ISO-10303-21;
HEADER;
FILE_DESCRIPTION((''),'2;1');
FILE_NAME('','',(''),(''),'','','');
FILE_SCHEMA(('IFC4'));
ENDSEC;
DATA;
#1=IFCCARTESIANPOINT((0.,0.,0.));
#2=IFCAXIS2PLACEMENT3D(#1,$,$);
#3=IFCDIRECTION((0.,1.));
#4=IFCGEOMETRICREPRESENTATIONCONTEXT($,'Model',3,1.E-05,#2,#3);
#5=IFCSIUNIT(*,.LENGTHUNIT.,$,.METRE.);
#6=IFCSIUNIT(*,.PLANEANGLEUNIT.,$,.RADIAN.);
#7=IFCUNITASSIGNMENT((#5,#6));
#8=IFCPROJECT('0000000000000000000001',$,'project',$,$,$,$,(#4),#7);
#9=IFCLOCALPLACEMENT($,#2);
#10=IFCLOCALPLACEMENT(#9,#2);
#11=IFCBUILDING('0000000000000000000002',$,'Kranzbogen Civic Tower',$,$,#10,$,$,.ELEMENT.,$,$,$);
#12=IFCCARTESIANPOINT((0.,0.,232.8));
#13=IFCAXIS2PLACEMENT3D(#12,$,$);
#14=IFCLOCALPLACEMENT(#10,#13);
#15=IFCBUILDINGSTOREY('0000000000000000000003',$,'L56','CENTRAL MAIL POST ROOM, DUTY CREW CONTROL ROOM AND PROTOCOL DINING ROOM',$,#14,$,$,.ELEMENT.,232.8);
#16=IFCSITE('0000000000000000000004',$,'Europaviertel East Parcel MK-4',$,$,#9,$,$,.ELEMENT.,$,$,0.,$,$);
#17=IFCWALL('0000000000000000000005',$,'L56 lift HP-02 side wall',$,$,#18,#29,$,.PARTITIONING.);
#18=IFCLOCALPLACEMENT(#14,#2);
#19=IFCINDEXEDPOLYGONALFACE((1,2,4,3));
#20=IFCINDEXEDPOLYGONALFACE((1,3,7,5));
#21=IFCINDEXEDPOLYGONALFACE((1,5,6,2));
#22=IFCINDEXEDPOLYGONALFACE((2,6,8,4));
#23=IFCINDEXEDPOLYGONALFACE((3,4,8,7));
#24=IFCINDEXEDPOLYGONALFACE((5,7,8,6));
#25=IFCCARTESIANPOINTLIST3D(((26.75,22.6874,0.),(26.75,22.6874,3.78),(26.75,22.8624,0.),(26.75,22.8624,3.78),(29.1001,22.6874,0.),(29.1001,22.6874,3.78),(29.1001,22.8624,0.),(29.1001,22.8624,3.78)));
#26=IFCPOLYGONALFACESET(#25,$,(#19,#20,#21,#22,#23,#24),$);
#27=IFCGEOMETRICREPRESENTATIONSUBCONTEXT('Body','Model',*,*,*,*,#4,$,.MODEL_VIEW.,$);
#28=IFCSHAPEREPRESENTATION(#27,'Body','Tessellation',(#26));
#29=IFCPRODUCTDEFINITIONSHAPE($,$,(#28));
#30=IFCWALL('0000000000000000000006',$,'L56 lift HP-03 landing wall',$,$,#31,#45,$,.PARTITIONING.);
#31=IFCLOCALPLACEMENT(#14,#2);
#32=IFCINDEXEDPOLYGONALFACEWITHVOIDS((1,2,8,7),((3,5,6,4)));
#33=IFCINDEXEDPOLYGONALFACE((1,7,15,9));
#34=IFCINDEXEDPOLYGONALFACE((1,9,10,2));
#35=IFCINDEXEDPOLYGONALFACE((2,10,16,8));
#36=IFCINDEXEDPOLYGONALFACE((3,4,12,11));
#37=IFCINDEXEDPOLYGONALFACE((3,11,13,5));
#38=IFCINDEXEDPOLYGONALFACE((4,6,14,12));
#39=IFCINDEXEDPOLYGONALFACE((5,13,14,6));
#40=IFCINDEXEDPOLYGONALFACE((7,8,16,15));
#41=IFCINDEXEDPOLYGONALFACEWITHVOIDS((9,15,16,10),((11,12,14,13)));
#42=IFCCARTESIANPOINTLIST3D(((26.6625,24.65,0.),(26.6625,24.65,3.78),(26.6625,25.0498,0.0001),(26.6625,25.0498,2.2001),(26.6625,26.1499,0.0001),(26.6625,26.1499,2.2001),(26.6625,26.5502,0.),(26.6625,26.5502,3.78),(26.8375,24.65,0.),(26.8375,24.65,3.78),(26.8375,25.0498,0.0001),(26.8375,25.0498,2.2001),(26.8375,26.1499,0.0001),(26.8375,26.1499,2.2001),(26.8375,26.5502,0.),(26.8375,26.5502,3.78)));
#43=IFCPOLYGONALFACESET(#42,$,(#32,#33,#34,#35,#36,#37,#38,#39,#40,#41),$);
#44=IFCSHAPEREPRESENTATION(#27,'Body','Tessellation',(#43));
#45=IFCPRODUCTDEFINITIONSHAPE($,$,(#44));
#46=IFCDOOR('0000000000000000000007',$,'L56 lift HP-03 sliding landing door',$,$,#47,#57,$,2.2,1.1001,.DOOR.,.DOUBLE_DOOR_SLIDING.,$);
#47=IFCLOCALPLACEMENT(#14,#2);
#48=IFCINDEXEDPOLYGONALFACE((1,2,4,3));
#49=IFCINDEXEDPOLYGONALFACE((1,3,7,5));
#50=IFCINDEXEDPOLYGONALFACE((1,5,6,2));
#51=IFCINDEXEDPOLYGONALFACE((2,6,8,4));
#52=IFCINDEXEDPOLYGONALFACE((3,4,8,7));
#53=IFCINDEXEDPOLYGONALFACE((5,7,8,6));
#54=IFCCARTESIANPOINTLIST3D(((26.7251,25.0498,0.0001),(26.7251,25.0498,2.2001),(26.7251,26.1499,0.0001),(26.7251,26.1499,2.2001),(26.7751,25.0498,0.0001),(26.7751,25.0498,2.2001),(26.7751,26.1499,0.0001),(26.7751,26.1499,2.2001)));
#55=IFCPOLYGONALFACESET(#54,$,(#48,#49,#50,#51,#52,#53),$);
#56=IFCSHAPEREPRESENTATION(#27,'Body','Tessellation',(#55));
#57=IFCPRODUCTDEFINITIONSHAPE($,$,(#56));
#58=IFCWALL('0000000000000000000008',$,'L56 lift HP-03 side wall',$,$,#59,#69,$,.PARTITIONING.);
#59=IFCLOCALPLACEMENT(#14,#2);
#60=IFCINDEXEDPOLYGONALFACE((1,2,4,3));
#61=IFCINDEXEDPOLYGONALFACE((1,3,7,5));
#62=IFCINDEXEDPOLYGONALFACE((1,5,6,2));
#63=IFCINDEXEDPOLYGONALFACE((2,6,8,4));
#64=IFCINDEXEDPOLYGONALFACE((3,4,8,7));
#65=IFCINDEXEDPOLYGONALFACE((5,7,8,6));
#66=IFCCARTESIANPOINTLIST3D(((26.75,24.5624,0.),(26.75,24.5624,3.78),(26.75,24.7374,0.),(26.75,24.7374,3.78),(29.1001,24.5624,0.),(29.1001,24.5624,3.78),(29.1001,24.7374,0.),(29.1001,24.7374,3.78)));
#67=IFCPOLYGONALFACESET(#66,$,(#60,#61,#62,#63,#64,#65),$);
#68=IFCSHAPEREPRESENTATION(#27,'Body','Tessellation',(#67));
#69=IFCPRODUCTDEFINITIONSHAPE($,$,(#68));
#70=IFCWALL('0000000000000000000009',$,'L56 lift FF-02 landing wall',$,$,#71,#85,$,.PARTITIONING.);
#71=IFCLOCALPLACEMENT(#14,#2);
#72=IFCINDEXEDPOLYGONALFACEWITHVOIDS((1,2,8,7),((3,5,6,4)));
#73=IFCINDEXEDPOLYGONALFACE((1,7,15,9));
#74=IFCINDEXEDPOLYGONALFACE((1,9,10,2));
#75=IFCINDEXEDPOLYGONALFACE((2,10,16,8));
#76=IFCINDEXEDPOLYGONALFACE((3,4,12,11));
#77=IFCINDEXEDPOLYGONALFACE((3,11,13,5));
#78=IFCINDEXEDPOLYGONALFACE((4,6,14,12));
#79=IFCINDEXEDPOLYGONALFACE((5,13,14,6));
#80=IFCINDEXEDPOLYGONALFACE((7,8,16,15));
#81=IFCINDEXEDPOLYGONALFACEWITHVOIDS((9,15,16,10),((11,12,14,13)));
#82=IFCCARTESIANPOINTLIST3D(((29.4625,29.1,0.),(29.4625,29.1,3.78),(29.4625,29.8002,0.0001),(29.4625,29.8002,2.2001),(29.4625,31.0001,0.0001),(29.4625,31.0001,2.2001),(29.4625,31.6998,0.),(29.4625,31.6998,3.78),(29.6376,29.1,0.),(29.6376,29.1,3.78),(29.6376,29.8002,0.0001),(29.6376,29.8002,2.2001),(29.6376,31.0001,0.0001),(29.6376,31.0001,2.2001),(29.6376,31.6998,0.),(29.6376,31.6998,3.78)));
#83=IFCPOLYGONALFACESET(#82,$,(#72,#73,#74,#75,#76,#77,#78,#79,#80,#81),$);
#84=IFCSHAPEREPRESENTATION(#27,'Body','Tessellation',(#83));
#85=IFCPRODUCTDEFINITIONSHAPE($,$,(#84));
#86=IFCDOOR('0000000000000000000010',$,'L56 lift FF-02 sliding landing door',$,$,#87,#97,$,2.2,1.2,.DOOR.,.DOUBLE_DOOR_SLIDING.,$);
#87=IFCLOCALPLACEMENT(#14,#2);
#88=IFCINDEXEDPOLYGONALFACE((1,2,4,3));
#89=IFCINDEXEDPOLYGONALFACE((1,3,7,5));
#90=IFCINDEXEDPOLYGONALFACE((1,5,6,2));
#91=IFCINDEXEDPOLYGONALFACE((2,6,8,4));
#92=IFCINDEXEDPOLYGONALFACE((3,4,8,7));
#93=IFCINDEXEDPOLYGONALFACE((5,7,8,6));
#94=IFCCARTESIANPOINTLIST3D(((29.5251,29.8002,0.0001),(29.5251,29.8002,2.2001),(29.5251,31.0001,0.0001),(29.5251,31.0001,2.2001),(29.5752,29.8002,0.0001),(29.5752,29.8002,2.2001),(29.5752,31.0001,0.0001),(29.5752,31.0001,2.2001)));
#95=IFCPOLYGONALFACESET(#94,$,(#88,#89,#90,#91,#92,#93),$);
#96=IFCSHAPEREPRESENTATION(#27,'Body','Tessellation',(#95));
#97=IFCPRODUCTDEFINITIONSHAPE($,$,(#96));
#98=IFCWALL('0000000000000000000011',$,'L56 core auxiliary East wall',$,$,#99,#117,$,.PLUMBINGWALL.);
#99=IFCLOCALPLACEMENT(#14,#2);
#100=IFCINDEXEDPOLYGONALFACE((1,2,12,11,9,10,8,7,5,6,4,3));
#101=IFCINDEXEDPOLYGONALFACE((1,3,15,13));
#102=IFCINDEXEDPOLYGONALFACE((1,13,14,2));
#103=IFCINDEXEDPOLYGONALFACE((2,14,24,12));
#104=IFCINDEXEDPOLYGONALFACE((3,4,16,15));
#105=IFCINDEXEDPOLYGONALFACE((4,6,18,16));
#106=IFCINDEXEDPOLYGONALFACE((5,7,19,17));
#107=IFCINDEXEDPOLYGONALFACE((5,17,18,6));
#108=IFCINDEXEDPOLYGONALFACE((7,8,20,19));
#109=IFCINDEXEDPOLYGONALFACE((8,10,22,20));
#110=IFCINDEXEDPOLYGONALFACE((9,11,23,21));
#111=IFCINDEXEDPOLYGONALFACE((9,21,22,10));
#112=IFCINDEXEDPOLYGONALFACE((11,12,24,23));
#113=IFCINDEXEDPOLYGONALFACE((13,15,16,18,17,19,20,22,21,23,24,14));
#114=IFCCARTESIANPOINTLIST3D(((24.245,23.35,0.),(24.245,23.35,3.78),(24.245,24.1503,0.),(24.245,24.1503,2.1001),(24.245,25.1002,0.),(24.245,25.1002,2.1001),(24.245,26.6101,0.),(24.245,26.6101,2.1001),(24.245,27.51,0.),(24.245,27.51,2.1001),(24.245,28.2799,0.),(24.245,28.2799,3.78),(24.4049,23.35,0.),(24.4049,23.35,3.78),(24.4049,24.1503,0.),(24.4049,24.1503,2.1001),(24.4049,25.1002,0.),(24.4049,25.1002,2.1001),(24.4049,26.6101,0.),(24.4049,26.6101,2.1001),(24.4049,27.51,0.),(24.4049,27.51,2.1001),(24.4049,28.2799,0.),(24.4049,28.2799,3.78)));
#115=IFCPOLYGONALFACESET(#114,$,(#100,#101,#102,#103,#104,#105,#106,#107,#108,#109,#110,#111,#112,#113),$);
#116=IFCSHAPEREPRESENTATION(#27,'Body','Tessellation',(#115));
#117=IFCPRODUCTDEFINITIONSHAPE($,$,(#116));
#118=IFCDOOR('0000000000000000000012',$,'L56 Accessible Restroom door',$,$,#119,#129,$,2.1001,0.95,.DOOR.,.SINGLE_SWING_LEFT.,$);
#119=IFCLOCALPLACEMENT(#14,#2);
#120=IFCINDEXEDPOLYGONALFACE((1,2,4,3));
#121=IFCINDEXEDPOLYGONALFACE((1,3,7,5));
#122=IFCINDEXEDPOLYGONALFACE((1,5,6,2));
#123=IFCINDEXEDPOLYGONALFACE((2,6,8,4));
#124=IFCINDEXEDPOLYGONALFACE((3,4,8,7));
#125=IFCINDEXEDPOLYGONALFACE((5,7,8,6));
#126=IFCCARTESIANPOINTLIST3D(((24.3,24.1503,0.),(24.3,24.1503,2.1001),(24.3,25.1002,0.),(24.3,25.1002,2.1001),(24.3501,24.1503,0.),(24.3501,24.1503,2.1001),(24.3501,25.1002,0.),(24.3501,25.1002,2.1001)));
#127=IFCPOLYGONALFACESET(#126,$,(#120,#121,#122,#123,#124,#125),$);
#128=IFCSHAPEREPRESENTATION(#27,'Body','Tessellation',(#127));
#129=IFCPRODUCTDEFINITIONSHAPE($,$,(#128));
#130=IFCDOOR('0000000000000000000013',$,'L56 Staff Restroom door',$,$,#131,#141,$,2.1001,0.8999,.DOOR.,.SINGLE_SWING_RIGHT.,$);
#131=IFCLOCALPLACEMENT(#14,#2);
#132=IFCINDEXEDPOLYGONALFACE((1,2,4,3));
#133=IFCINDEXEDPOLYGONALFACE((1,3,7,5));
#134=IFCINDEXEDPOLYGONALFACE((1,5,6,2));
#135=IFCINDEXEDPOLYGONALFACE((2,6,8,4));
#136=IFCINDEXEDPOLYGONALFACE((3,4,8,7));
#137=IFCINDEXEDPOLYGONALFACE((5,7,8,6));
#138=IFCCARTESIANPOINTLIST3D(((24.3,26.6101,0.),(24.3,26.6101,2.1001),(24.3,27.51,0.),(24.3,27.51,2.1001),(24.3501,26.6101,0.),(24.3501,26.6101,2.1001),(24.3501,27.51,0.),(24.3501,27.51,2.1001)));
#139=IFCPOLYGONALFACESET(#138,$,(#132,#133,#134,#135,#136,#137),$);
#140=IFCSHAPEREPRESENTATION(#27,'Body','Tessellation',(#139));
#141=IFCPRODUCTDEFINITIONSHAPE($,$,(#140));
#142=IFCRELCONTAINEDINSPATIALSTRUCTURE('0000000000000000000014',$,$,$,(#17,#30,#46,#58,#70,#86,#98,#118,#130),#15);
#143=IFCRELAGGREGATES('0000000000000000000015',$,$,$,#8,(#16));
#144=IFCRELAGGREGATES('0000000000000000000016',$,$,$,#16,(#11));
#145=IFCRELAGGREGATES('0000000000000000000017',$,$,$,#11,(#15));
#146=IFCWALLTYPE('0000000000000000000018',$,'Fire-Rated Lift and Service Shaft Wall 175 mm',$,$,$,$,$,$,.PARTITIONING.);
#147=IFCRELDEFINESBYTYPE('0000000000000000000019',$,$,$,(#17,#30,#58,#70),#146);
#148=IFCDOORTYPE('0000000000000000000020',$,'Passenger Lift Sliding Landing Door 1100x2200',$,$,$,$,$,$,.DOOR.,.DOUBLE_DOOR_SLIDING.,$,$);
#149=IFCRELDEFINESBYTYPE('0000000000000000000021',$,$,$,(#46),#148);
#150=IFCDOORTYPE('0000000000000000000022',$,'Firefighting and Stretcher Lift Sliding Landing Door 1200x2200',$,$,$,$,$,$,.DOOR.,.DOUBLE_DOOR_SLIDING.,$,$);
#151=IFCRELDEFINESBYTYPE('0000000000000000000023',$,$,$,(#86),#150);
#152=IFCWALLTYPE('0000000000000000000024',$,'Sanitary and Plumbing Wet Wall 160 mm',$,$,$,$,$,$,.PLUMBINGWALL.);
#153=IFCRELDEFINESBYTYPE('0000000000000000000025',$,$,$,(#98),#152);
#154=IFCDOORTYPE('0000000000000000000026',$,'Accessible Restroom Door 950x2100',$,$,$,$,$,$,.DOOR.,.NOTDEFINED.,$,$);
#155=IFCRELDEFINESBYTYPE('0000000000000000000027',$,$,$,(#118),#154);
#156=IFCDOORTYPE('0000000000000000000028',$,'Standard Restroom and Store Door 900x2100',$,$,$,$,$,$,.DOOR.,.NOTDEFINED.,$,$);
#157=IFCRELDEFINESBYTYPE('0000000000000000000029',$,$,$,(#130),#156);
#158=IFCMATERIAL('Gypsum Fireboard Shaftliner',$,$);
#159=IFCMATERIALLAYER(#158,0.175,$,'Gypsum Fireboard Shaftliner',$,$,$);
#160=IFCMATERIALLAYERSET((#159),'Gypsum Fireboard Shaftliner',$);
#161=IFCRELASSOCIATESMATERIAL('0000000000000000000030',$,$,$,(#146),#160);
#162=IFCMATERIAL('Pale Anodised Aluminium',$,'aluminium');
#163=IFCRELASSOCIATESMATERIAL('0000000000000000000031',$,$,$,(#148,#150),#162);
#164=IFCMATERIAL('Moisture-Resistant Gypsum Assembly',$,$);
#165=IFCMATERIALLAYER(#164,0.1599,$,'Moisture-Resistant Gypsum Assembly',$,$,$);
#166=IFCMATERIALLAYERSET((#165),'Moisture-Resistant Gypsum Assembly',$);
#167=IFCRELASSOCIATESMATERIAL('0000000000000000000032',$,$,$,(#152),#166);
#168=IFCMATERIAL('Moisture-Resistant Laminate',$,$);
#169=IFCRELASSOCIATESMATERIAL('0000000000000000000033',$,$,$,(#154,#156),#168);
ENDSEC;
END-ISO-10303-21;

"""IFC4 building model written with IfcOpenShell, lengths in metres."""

from ifc_helpers import new_model, si_unit, direction, frame, frame_2d, origin, place, context, subcontext, project, spatial, rectangle, extrude, material, layer, layer_set, type_object, element, fill, save


model = new_model("IFC4")

# Units and contexts
model_context = context("Model", 3, precision=1e-05, world=origin(), true_north=direction((0.0, 1.0)))
body_context = subcontext(model_context, "Body", "Model", "MODEL_VIEW")
ifc_project = project(units=[si_unit("LENGTHUNIT", "METRE"), si_unit("PLANEANGLEUNIT", "RADIAN")], contexts=[model_context])

# Site, building, storey
site_placement = place(None, origin())
site = spatial("IfcSite", under=ifc_project, at=site_placement, Name="Europaviertel East Parcel MK-4", CompositionType="ELEMENT", RefElevation=0.0)
building_placement = place(site_placement, origin())
building = spatial("IfcBuilding", under=site, at=building_placement, Name="Kranzbogen Civic Tower", CompositionType="ELEMENT")
storey_placement = place(building_placement, frame((0.0, 0.0, 232.8)))
storey = spatial("IfcBuildingStorey", under=building, at=storey_placement, Name="L56", Description="CENTRAL MAIL POST ROOM, DUTY CREW CONTROL ROOM AND PROTOCOL DINING ROOM", CompositionType="ELEMENT", Elevation=232.8)

# Shared definitions
ifc_material_1 = material(Name="Gypsum Fireboard Shaftliner")
ifc_layer_1 = layer(ifc_material_1, 0.175, Name="Gypsum Fireboard Shaftliner")
ifc_layer_set_1 = layer_set([ifc_layer_1], Name="Gypsum Fireboard Shaftliner")
wall_type_1 = type_object("IfcWallType", Name="Fire-Rated Lift and Service Shaft Wall 175 mm", PredefinedType="PARTITIONING", material=ifc_layer_set_1)
ifc_material_2 = material(Name="Pale Anodised Aluminium", Category="aluminium")
door_type_1 = type_object("IfcDoorType", Name="Passenger Lift Sliding Landing Door 1100x2200", OperationType="DOUBLE_DOOR_SLIDING", PredefinedType="DOOR", material=ifc_material_2)

# Wall
wall_1_placement = place(storey_placement, frame((26.75, 22.7749, 0.0), z_axis=(0.0, 0.0, 1.0), x_axis=(1.0, 0.0, 0.0)))
element("IfcWall", 1, at=wall_1_placement, inside=storey, type_object=wall_type_1, Name="L56 lift HP-02 side wall", PredefinedType="PARTITIONING", context=body_context, shape_type="SweptSolid", body=[
    extrude(rectangle(XDim=2.3501, YDim=0.175, at=frame_2d((1.175, 0.0))), origin(), (0.0, 0.0, 1.0), 3.78),
])

# Wall, opening, door
wall_2_placement = place(storey_placement, frame((26.75, 24.6499, 0.0), z_axis=(0.0, 0.0, 1.0), x_axis=(0.0, 1.0, 0.0)))
wall_2 = element("IfcWall", 2, at=wall_2_placement, inside=storey, type_object=wall_type_1, Name="L56 lift HP-03 landing wall", PredefinedType="PARTITIONING", context=body_context, shape_type="SweptSolid", body=[
    extrude(rectangle(XDim=1.9001, YDim=0.175, at=frame_2d((0.9502, 0.0))), origin(), (0.0, 0.0, 1.0), 3.78),
])
opening_1_placement = place(wall_2_placement, frame((0.3999, 0.0, 0.0)))
opening_1 = element("IfcOpeningElement", 3, at=opening_1_placement, cuts=wall_2, PredefinedType="OPENING", context=body_context, shape_type="SweptSolid", body=[
    extrude(rectangle(XDim=1.1001, YDim=2.2, at=frame_2d((0.55, 1.1001))), frame((0.0, 0.0977, 0.0), z_axis=(0.0, -1.0, 0.0), x_axis=(1.0, 0.0, 0.0)), (0.0, 0.0, 1.0), 0.1951),
])
door_1_placement = place(opening_1_placement, origin())
door_1 = element("IfcDoor", 4, at=door_1_placement, inside=storey, type_object=door_type_1, Name="L56 lift HP-03 sliding landing door", OperationType="DOUBLE_DOOR_SLIDING", OverallHeight=2.2, OverallWidth=1.1001, PredefinedType="DOOR", context=body_context, shape_type="SweptSolid", body=[
    extrude(rectangle(XDim=1.1001, YDim=2.2, at=frame_2d((0.55, 1.1001))), frame((0.0, 0.0249, 0.0), z_axis=(0.0, -1.0, 0.0), x_axis=(1.0, 0.0, 0.0)), (0.0, 0.0, 1.0), 0.05),
])
fill(opening_1, door_1)

# Wall
wall_3_placement = place(storey_placement, frame((26.75, 24.6499, 0.0), z_axis=(0.0, 0.0, 1.0), x_axis=(1.0, 0.0, 0.0)))
element("IfcWall", 5, at=wall_3_placement, inside=storey, type_object=wall_type_1, Name="L56 lift HP-03 side wall", PredefinedType="PARTITIONING", context=body_context, shape_type="SweptSolid", body=[
    extrude(rectangle(XDim=2.3501, YDim=0.175, at=frame_2d((1.175, 0.0))), origin(), (0.0, 0.0, 1.0), 3.78),
])

# Wall, opening, door
wall_4_placement = place(storey_placement, frame((29.55, 29.1001, 0.0), z_axis=(0.0, 0.0, 1.0), x_axis=(0.0, 1.0, 0.0)))
wall_4 = element("IfcWall", 6, at=wall_4_placement, inside=storey, type_object=wall_type_1, Name="L56 lift FF-02 landing wall", PredefinedType="PARTITIONING", context=body_context, shape_type="SweptSolid", body=[
    extrude(rectangle(XDim=2.5999, YDim=0.175, at=frame_2d((1.2998, 0.0))), origin(), (0.0, 0.0, 1.0), 3.78),
])
opening_2_placement = place(wall_4_placement, frame((0.7, 0.0, 0.0)))
opening_2 = element("IfcOpeningElement", 7, at=opening_2_placement, cuts=wall_4, PredefinedType="OPENING", context=body_context, shape_type="SweptSolid", body=[
    extrude(rectangle(XDim=1.2, YDim=2.2, at=frame_2d((0.6001, 1.1001))), frame((0.0, 0.0977, 0.0), z_axis=(0.0, -1.0, 0.0), x_axis=(1.0, 0.0, 0.0)), (0.0, 0.0, 1.0), 0.1951),
])
door_type_2 = type_object("IfcDoorType", Name="Firefighting and Stretcher Lift Sliding Landing Door 1200x2200", OperationType="DOUBLE_DOOR_SLIDING", PredefinedType="DOOR", material=ifc_material_2)
door_2_placement = place(opening_2_placement, origin())
door_2 = element("IfcDoor", 8, at=door_2_placement, inside=storey, type_object=door_type_2, Name="L56 lift FF-02 sliding landing door", OperationType="DOUBLE_DOOR_SLIDING", OverallHeight=2.2, OverallWidth=1.2, PredefinedType="DOOR", context=body_context, shape_type="SweptSolid", body=[
    extrude(rectangle(XDim=1.2, YDim=2.2, at=frame_2d((0.6001, 1.1001))), frame((0.0, 0.0249, 0.0), z_axis=(0.0, -1.0, 0.0), x_axis=(1.0, 0.0, 0.0)), (0.0, 0.0, 1.0), 0.05),
])
fill(opening_2, door_2)

# Wall, openings, doors
ifc_material_3 = material(Name="Moisture-Resistant Gypsum Assembly")
ifc_layer_2 = layer(ifc_material_3, 0.1599, Name="Moisture-Resistant Gypsum Assembly")
ifc_layer_set_2 = layer_set([ifc_layer_2], Name="Moisture-Resistant Gypsum Assembly")
wall_type_2 = type_object("IfcWallType", Name="Sanitary and Plumbing Wet Wall 160 mm", PredefinedType="PLUMBINGWALL", material=ifc_layer_set_2)
wall_5_placement = place(storey_placement, frame((24.325, 23.3501, 0.0), z_axis=(0.0, 0.0, 1.0), x_axis=(0.0, 1.0, 0.0)))
wall_5 = element("IfcWall", 9, at=wall_5_placement, inside=storey, type_object=wall_type_2, Name="L56 core auxiliary East wall", PredefinedType="PLUMBINGWALL", context=body_context, shape_type="SweptSolid", body=[
    extrude(rectangle(XDim=4.9299, YDim=0.1599, at=frame_2d((2.4648, 0.0))), origin(), (0.0, 0.0, 1.0), 3.78),
])
opening_3_placement = place(wall_5_placement, frame((0.8, 0.0, 0.0)))
opening_3 = element("IfcOpeningElement", 10, at=opening_3_placement, cuts=wall_5, PredefinedType="OPENING", context=body_context, shape_type="SweptSolid", body=[
    extrude(rectangle(XDim=0.95, YDim=2.1001, at=frame_2d((0.4751, 1.05))), frame((0.0, 0.0898, 0.0), z_axis=(0.0, -1.0, 0.0), x_axis=(1.0, 0.0, 0.0)), (0.0, 0.0, 1.0), 0.1799),
])
opening_4_placement = place(wall_5_placement, frame((3.26, 0.0, 0.0)))
opening_4 = element("IfcOpeningElement", 11, at=opening_4_placement, cuts=wall_5, PredefinedType="OPENING", context=body_context, shape_type="SweptSolid", body=[
    extrude(rectangle(XDim=0.8999, YDim=2.1001, at=frame_2d((0.45, 1.05))), frame((0.0, 0.0898, 0.0), z_axis=(0.0, -1.0, 0.0), x_axis=(1.0, 0.0, 0.0)), (0.0, 0.0, 1.0), 0.1799),
])
ifc_material_4 = material(Name="Moisture-Resistant Laminate")
door_type_3 = type_object("IfcDoorType", Name="Accessible Restroom Door 950x2100", OperationType="NOTDEFINED", PredefinedType="DOOR", material=ifc_material_4)
door_3_placement = place(opening_3_placement, origin())
door_3 = element("IfcDoor", 12, at=door_3_placement, inside=storey, type_object=door_type_3, Name="L56 Accessible Restroom door", OperationType="SINGLE_SWING_LEFT", OverallHeight=2.1001, OverallWidth=0.95, PredefinedType="DOOR", context=body_context, shape_type="SweptSolid", body=[
    extrude(rectangle(XDim=0.95, YDim=2.1001, at=frame_2d((0.4751, 1.05))), frame((0.0, 0.0249, 0.0), z_axis=(0.0, -1.0, 0.0), x_axis=(1.0, 0.0, 0.0)), (0.0, 0.0, 1.0), 0.05),
])
fill(opening_3, door_3)
door_type_4 = type_object("IfcDoorType", Name="Standard Restroom and Store Door 900x2100", OperationType="NOTDEFINED", PredefinedType="DOOR", material=ifc_material_4)
door_4_placement = place(opening_4_placement, origin())
door_4 = element("IfcDoor", 13, at=door_4_placement, inside=storey, type_object=door_type_4, Name="L56 Staff Restroom door", OperationType="SINGLE_SWING_RIGHT", OverallHeight=2.1001, OverallWidth=0.8999, PredefinedType="DOOR", context=body_context, shape_type="SweptSolid", body=[
    extrude(rectangle(XDim=0.8999, YDim=2.1001, at=frame_2d((0.45, 1.05))), frame((0.0, 0.0249, 0.0), z_axis=(0.0, -1.0, 0.0), x_axis=(1.0, 0.0, 0.0)), (0.0, 0.0, 1.0), 0.05),
])
fill(opening_4, door_4)

save(model, "model.ifc")
